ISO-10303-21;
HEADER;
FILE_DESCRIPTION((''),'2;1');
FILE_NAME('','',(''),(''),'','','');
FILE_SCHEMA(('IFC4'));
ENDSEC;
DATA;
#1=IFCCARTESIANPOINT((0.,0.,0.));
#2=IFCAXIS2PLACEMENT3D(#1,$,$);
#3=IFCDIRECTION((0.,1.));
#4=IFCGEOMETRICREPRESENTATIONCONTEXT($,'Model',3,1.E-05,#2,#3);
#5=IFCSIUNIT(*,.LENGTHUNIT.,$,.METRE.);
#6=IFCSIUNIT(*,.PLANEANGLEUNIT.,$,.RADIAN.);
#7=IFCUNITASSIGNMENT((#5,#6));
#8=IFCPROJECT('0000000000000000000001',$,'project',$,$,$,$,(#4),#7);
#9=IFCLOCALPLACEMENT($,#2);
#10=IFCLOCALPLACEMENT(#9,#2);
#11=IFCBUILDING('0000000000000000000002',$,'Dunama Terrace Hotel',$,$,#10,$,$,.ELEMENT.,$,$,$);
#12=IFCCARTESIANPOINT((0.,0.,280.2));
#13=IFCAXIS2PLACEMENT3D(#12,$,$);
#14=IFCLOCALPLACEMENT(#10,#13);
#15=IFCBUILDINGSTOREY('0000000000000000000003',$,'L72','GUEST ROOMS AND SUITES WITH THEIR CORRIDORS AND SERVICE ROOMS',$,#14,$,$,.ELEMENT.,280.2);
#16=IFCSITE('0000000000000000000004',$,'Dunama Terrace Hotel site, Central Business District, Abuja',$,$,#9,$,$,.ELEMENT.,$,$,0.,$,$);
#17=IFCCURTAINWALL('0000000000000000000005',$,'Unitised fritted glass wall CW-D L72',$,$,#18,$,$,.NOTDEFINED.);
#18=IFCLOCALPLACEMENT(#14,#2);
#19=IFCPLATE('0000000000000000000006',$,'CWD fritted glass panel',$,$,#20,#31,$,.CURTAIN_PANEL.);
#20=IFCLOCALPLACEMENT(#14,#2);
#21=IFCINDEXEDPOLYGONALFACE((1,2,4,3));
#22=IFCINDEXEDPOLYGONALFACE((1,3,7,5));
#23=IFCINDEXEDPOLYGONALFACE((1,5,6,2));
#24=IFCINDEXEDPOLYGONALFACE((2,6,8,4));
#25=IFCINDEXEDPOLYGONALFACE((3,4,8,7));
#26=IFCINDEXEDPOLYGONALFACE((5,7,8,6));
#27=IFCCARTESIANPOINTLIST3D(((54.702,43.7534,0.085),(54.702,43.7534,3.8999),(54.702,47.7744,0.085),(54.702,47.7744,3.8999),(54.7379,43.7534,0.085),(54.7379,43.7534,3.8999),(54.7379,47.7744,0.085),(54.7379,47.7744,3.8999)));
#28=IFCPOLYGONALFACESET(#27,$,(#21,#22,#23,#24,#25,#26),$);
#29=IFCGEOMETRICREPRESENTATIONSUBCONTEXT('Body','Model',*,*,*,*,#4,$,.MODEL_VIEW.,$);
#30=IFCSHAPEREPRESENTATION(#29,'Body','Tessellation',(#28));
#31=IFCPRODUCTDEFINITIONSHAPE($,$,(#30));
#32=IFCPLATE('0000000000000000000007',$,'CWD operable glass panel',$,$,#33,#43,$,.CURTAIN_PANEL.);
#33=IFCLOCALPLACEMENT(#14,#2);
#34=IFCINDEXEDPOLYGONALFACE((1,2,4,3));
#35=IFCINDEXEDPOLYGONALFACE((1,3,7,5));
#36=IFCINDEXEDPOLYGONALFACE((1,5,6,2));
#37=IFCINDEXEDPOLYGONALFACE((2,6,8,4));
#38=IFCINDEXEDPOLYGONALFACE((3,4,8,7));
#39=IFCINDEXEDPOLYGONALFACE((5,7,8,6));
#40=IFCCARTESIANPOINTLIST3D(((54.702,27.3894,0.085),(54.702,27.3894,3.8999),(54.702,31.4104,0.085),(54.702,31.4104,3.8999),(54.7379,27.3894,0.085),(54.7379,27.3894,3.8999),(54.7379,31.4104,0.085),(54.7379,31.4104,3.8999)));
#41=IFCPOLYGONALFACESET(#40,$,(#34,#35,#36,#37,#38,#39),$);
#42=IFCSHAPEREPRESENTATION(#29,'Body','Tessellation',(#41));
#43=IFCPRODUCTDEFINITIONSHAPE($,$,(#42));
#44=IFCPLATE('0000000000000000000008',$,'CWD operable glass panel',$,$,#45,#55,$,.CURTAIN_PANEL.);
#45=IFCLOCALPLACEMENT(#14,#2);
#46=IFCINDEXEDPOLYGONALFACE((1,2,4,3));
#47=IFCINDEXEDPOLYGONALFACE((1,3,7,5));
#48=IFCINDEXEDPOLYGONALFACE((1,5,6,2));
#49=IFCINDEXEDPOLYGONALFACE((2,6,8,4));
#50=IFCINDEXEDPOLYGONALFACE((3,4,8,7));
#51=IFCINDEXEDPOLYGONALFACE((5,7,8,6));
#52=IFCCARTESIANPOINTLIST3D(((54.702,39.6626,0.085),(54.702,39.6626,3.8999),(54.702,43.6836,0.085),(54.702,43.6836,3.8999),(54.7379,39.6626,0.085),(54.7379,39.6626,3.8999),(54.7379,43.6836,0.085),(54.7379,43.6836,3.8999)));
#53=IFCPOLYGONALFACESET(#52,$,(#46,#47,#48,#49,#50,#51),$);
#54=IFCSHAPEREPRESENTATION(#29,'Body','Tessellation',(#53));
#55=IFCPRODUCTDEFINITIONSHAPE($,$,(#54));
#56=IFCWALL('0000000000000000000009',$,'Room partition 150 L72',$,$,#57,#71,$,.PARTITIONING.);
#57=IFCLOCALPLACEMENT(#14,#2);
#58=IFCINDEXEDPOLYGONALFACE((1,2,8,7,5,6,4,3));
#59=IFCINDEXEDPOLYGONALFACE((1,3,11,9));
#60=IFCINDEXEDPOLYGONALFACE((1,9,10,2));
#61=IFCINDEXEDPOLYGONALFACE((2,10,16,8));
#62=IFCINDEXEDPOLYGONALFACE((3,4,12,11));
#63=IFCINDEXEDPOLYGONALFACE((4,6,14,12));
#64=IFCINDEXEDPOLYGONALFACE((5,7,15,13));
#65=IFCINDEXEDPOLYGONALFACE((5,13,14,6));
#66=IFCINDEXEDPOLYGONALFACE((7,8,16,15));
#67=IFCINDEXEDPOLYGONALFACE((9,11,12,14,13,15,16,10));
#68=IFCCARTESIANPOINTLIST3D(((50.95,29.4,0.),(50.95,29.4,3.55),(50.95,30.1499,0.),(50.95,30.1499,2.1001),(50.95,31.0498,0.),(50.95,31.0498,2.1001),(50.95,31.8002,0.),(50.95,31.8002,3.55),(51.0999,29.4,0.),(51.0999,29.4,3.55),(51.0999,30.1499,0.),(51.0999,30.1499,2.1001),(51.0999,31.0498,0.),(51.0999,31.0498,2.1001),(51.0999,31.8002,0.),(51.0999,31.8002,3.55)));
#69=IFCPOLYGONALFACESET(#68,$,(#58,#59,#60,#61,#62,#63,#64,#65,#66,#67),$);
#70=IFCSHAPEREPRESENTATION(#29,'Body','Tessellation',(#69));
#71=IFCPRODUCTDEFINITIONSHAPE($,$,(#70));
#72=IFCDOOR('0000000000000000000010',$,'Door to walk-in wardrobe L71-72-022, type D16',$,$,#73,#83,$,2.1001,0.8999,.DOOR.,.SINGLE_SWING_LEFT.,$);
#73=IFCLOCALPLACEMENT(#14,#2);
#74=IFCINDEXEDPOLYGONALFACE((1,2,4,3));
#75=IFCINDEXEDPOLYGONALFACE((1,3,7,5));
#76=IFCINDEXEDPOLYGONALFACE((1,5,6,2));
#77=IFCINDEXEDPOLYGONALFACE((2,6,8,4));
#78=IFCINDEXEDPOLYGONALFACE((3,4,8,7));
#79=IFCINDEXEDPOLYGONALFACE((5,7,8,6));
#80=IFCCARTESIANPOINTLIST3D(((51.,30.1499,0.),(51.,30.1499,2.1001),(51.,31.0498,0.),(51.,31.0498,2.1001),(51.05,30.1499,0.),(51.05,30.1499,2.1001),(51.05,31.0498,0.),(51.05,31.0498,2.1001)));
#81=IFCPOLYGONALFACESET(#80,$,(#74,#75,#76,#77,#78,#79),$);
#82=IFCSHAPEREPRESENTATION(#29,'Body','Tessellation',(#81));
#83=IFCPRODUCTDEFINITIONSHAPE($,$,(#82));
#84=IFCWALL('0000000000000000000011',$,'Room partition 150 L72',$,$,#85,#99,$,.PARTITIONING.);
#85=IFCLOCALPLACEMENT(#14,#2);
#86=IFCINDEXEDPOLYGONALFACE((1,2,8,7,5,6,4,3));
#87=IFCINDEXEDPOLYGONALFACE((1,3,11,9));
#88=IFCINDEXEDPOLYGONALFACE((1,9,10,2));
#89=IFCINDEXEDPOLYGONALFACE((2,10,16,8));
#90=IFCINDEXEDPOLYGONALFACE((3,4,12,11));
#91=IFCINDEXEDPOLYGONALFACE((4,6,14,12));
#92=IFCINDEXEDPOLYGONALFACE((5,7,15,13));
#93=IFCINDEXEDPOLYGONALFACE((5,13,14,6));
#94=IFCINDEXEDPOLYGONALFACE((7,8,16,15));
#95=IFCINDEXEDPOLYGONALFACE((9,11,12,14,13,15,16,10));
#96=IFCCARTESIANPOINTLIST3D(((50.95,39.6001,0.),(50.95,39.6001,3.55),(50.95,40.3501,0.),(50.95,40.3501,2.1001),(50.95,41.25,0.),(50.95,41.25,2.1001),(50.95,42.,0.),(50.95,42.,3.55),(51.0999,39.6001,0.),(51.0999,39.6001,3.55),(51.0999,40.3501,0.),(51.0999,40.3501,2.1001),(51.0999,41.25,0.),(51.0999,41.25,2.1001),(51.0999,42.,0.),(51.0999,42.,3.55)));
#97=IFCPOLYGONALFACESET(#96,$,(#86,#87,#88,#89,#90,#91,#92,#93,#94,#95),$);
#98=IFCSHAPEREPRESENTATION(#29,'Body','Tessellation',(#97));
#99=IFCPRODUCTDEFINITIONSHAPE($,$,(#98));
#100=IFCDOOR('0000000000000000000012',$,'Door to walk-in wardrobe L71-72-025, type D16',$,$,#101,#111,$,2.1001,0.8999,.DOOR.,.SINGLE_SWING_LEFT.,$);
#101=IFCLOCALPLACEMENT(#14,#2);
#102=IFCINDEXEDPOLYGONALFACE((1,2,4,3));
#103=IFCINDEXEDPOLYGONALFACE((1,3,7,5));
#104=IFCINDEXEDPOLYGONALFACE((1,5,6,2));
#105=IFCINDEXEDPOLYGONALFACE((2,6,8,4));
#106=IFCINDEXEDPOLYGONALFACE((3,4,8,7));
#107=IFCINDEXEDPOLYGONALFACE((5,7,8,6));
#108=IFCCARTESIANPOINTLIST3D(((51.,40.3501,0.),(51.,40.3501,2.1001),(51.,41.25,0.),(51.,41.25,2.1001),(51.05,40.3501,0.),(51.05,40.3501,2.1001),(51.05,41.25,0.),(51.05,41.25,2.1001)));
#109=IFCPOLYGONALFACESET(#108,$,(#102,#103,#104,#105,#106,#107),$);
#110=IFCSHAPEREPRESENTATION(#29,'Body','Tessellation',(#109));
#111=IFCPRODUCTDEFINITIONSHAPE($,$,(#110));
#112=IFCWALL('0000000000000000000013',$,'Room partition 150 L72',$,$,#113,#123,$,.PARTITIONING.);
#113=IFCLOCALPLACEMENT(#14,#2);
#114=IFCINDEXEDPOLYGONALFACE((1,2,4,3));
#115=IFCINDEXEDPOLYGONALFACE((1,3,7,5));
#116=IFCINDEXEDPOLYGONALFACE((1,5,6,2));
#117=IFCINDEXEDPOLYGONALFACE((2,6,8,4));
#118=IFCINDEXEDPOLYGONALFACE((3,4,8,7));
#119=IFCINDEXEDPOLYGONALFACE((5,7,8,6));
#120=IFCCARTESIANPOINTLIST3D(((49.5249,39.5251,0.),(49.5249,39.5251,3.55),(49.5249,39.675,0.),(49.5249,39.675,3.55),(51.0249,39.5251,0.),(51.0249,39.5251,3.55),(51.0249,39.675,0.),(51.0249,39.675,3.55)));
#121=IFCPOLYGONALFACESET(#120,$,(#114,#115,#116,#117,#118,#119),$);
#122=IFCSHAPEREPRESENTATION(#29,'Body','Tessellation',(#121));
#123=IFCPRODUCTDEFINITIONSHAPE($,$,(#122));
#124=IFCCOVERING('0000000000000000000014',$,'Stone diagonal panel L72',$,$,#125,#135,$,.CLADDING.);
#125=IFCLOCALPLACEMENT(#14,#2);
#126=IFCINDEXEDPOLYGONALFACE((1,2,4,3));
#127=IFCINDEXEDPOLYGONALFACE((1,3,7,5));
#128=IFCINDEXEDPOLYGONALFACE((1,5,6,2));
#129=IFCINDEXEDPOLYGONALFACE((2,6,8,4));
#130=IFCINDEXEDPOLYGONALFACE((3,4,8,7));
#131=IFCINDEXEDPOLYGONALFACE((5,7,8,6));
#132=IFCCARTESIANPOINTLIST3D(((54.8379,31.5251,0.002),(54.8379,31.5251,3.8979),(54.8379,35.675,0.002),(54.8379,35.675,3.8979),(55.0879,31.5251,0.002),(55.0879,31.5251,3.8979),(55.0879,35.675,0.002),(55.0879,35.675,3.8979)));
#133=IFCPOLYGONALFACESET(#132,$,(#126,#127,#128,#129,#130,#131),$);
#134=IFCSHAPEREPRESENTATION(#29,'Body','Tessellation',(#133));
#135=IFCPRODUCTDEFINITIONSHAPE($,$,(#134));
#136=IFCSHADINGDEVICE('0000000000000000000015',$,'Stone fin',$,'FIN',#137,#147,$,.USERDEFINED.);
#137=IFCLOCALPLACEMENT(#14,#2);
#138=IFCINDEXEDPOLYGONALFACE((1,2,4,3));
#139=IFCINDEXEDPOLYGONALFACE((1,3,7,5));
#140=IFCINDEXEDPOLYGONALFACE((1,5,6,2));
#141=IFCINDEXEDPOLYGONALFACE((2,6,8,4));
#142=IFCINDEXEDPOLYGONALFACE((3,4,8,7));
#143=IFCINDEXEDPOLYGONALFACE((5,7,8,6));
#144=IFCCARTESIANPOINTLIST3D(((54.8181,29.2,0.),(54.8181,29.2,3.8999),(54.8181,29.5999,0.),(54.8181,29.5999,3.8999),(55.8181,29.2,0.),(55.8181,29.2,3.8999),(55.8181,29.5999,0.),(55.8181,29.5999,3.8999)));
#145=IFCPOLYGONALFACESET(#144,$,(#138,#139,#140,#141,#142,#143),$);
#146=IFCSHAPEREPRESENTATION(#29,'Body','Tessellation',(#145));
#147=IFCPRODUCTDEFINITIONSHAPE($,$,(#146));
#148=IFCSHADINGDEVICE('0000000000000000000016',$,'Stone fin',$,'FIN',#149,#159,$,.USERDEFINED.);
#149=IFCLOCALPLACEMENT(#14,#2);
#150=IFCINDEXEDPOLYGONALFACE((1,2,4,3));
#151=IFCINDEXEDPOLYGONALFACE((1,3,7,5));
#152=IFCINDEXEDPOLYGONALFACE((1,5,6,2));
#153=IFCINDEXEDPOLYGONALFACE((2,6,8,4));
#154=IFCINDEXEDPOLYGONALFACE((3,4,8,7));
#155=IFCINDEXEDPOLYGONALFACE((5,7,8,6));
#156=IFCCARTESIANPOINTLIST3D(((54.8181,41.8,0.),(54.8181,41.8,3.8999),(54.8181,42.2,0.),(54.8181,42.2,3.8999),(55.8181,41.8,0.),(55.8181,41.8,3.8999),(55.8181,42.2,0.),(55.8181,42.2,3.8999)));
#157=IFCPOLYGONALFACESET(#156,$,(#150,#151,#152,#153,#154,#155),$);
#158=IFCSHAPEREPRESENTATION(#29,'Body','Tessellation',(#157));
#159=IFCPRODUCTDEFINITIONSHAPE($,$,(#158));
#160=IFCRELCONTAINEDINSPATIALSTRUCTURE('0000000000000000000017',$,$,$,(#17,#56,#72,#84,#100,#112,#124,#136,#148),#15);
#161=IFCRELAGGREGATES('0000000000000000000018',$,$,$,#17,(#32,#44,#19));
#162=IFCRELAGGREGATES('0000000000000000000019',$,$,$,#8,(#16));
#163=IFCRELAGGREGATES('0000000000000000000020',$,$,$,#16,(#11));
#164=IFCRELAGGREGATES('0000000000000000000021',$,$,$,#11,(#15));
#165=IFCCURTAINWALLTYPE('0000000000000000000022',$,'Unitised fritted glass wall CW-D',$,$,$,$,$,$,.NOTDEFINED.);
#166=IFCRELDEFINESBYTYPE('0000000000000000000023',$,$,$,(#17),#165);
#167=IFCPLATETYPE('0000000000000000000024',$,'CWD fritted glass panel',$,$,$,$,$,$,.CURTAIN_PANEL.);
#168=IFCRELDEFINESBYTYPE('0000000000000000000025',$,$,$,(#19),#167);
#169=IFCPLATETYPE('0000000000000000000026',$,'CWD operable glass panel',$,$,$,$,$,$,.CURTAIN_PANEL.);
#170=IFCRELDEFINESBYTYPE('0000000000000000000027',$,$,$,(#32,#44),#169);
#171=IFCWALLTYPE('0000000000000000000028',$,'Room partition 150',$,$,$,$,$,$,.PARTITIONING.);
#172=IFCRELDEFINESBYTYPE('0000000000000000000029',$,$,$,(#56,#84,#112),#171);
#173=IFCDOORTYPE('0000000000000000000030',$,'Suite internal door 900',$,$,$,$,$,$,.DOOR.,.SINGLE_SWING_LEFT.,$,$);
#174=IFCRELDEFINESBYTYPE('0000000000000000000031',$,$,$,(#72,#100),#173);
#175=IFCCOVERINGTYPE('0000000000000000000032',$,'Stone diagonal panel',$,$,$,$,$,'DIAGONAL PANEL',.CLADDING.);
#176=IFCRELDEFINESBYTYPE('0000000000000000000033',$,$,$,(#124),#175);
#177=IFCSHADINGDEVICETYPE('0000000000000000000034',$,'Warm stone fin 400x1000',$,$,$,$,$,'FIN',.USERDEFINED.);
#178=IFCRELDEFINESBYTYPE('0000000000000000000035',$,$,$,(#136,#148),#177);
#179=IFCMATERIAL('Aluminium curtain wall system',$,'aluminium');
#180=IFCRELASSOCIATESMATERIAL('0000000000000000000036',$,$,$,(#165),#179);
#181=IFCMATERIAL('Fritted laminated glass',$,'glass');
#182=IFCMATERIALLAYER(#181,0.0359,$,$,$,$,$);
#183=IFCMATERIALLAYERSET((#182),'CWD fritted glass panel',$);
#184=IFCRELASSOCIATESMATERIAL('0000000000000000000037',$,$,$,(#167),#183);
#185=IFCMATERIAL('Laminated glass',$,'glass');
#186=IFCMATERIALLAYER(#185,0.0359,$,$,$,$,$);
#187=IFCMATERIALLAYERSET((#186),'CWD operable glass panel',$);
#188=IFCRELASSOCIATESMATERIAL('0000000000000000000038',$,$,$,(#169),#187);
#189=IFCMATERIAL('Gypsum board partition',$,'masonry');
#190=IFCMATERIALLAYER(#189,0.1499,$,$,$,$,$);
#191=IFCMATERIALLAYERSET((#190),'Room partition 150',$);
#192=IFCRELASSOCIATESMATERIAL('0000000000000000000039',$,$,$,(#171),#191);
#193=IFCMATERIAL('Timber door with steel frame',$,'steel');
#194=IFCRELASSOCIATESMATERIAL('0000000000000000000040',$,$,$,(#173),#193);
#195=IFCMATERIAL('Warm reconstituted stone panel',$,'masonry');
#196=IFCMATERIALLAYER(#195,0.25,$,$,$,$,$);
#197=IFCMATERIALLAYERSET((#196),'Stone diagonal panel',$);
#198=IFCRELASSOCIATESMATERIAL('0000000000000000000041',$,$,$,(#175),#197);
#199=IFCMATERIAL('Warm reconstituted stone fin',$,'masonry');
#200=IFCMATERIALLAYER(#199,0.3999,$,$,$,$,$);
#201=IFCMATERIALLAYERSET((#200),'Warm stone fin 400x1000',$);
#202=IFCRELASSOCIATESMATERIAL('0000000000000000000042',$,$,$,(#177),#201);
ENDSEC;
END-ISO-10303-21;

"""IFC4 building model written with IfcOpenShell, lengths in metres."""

from ifc_helpers import new_model, si_unit, direction, frame, frame_2d, origin, origin_2d, place, context, subcontext, project, spatial, rectangle, extrude, material, layer, layer_set, type_object, element, fill, aggregate, save


model = new_model("IFC4")

# Units and contexts
model_context = context("Model", 3, precision=1e-05, world=origin(), true_north=direction((0.0, 1.0)))
body_context = subcontext(model_context, "Body", "Model", "MODEL_VIEW")
ifc_project = project(units=[si_unit("LENGTHUNIT", "METRE"), si_unit("PLANEANGLEUNIT", "RADIAN")], contexts=[model_context])

# Site, building, storey
site_placement = place(None, origin())
site = spatial("IfcSite", under=ifc_project, at=site_placement, Name="Dunama Terrace Hotel site, Central Business District, Abuja", CompositionType="ELEMENT", RefElevation=0.0)
building_placement = place(site_placement, origin())
building = spatial("IfcBuilding", under=site, at=building_placement, Name="Dunama Terrace Hotel", CompositionType="ELEMENT")
storey_placement = place(building_placement, frame((0.0, 0.0, 280.2)))
storey = spatial("IfcBuildingStorey", under=building, at=storey_placement, Name="L72", Description="GUEST ROOMS AND SUITES WITH THEIR CORRIDORS AND SERVICE ROOMS", CompositionType="ELEMENT", Elevation=280.2)

# Curtain wall
ifc_material_1 = material(Name="Aluminium curtain wall system", Category="aluminium")
curtain_wall_type = type_object("IfcCurtainWallType", Name="Unitised fritted glass wall CW-D", PredefinedType="NOTDEFINED", material=ifc_material_1)
curtain_wall_placement = place(storey_placement, origin())
curtain_wall = element("IfcCurtainWall", 1, at=curtain_wall_placement, inside=storey, type_object=curtain_wall_type, Name="Unitised fritted glass wall CW-D L72", PredefinedType="NOTDEFINED")

# Plates
ifc_material_2 = material(Name="Fritted laminated glass", Category="glass")
ifc_layer_1 = layer(ifc_material_2, 0.0359)
ifc_layer_set_1 = layer_set([ifc_layer_1], Name="CWD fritted glass panel")
plate_type_1 = type_object("IfcPlateType", Name="CWD fritted glass panel", PredefinedType="CURTAIN_PANEL", material=ifc_layer_set_1)
plate_1_placement = place(storey_placement, frame((54.72, 45.7639, 0.085), z_axis=(0.0, 0.0, 1.0), x_axis=(0.0, 1.0, 0.0)))
plate_1 = element("IfcPlate", 2, at=plate_1_placement, type_object=plate_type_1, Name="CWD fritted glass panel", PredefinedType="CURTAIN_PANEL", context=body_context, shape_type="SweptSolid", body=[
    extrude(rectangle(XDim=4.021, YDim=0.0359, at=origin_2d()), origin(), (0.0, 0.0, 1.0), 3.8149),
])
ifc_material_3 = material(Name="Laminated glass", Category="glass")
ifc_layer_2 = layer(ifc_material_3, 0.0359)
ifc_layer_set_2 = layer_set([ifc_layer_2], Name="CWD operable glass panel")
plate_type_2 = type_object("IfcPlateType", Name="CWD operable glass panel", PredefinedType="CURTAIN_PANEL", material=ifc_layer_set_2)
plate_2_placement = place(storey_placement, frame((54.72, 29.3999, 0.085), z_axis=(0.0, 0.0, 1.0), x_axis=(0.0, 1.0, 0.0)))
plate_2 = element("IfcPlate", 3, at=plate_2_placement, type_object=plate_type_2, Name="CWD operable glass panel", PredefinedType="CURTAIN_PANEL", context=body_context, shape_type="SweptSolid", body=[
    extrude(rectangle(XDim=4.021, YDim=0.0359, at=origin_2d()), origin(), (0.0, 0.0, 1.0), 3.8149),
])
plate_3_placement = place(storey_placement, frame((54.72, 41.6731, 0.085), z_axis=(0.0, 0.0, 1.0), x_axis=(0.0, 1.0, 0.0)))
plate_3 = element("IfcPlate", 4, at=plate_3_placement, type_object=plate_type_2, Name="CWD operable glass panel", PredefinedType="CURTAIN_PANEL", context=body_context, shape_type="SweptSolid", body=[
    extrude(rectangle(XDim=4.021, YDim=0.0359, at=origin_2d()), origin(), (0.0, 0.0, 1.0), 3.8149),
])
aggregate(curtain_wall, [plate_2, plate_3, plate_1])

# Walls, openings, doors
ifc_material_4 = material(Name="Gypsum board partition", Category="masonry")
ifc_layer_3 = layer(ifc_material_4, 0.1499)
ifc_layer_set_3 = layer_set([ifc_layer_3], Name="Room partition 150")
wall_type = type_object("IfcWallType", Name="Room partition 150", PredefinedType="PARTITIONING", material=ifc_layer_set_3)
wall_1_placement = place(storey_placement, frame((51.0249, 29.3999, 0.0), z_axis=(0.0, 0.0, 1.0), x_axis=(0.0, 1.0, 0.0)))
wall_1 = element("IfcWall", 5, at=wall_1_placement, inside=storey, type_object=wall_type, Name="Room partition 150 L72", PredefinedType="PARTITIONING", context=body_context, shape_type="SweptSolid", body=[
    extrude(rectangle(XDim=2.4001, YDim=0.1499, at=frame_2d((1.2002, 0.0))), origin(), (0.0, 0.0, 1.0), 3.55),
])
opening_1_placement = place(wall_1_placement, frame((0.75, 0.0, 0.0)))
opening_1 = element("IfcOpeningElement", 6, at=opening_1_placement, cuts=wall_1, PredefinedType="OPENING", context=body_context, shape_type="SweptSolid", body=[
    extrude(rectangle(XDim=0.8999, YDim=2.1001, at=frame_2d((0.45, 1.05))), frame((0.0, 0.085, 0.0), z_axis=(0.0, -1.0, 0.0), x_axis=(1.0, 0.0, 0.0)), (0.0, 0.0, 1.0), 0.1699),
])
ifc_material_5 = material(Name="Timber door with steel frame", Category="steel")
door_type = type_object("IfcDoorType", Name="Suite internal door 900", OperationType="SINGLE_SWING_LEFT", PredefinedType="DOOR", material=ifc_material_5)
door_1_placement = place(opening_1_placement, origin())
door_1 = element("IfcDoor", 7, at=door_1_placement, inside=storey, type_object=door_type, Name="Door to walk-in wardrobe L71-72-022, type D16", OperationType="SINGLE_SWING_LEFT", OverallHeight=2.1001, OverallWidth=0.8999, PredefinedType="DOOR", context=body_context, shape_type="SweptSolid", body=[
    extrude(rectangle(XDim=0.8999, YDim=2.1001, at=frame_2d((0.45, 1.05))), frame((0.0, 0.0249, 0.0), z_axis=(0.0, -1.0, 0.0), x_axis=(1.0, 0.0, 0.0)), (0.0, 0.0, 1.0), 0.05),
])
fill(opening_1, door_1)
wall_2_placement = place(storey_placement, frame((51.0249, 39.6001, 0.0), z_axis=(0.0, 0.0, 1.0), x_axis=(0.0, 1.0, 0.0)))
wall_2 = element("IfcWall", 8, at=wall_2_placement, inside=storey, type_object=wall_type, Name="Room partition 150 L72", PredefinedType="PARTITIONING", context=body_context, shape_type="SweptSolid", body=[
    extrude(rectangle(XDim=2.3999, YDim=0.1499, at=frame_2d((1.2, 0.0))), origin(), (0.0, 0.0, 1.0), 3.55),
])
opening_2_placement = place(wall_2_placement, frame((0.75, 0.0, 0.0)))
opening_2 = element("IfcOpeningElement", 9, at=opening_2_placement, cuts=wall_2, PredefinedType="OPENING", context=body_context, shape_type="SweptSolid", body=[
    extrude(rectangle(XDim=0.8999, YDim=2.1001, at=frame_2d((0.45, 1.05))), frame((0.0, 0.085, 0.0), z_axis=(0.0, -1.0, 0.0), x_axis=(1.0, 0.0, 0.0)), (0.0, 0.0, 1.0), 0.1699),
])
door_2_placement = place(opening_2_placement, origin())
door_2 = element("IfcDoor", 10, at=door_2_placement, inside=storey, type_object=door_type, Name="Door to walk-in wardrobe L71-72-025, type D16", OperationType="SINGLE_SWING_LEFT", OverallHeight=2.1001, OverallWidth=0.8999, PredefinedType="DOOR", context=body_context, shape_type="SweptSolid", body=[
    extrude(rectangle(XDim=0.8999, YDim=2.1001, at=frame_2d((0.45, 1.05))), frame((0.0, 0.0249, 0.0), z_axis=(0.0, -1.0, 0.0), x_axis=(1.0, 0.0, 0.0)), (0.0, 0.0, 1.0), 0.05),
])
fill(opening_2, door_2)

# Wall
wall_3_placement = place(storey_placement, frame((49.5249, 39.6001, 0.0), z_axis=(0.0, 0.0, 1.0), x_axis=(1.0, 0.0, 0.0)))
element("IfcWall", 11, at=wall_3_placement, inside=storey, type_object=wall_type, Name="Room partition 150 L72", PredefinedType="PARTITIONING", context=body_context, shape_type="SweptSolid", body=[
    extrude(rectangle(XDim=1.5, YDim=0.1499, at=frame_2d((0.75, 0.0))), origin(), (0.0, 0.0, 1.0), 3.55),
])

# Covering
ifc_material_6 = material(Name="Warm reconstituted stone panel", Category="masonry")
ifc_layer_4 = layer(ifc_material_6, 0.25)
ifc_layer_set_4 = layer_set([ifc_layer_4], Name="Stone diagonal panel")
covering_type = type_object("IfcCoveringType", Name="Stone diagonal panel", ElementType="DIAGONAL PANEL", PredefinedType="CLADDING", material=ifc_layer_set_4)
covering_placement = place(storey_placement, frame((54.9629, 33.6001, 0.002), z_axis=(0.0, 0.0, 1.0), x_axis=(0.0, 1.0, 0.0)))
element("IfcCovering", 12, at=covering_placement, inside=storey, type_object=covering_type, Name="Stone diagonal panel L72", PredefinedType="CLADDING", context=body_context, shape_type="SweptSolid", body=[
    extrude(rectangle(XDim=4.1499, YDim=0.25, at=origin_2d()), origin(), (0.0, 0.0, 1.0), 3.896),
])

# Shading devices
ifc_material_7 = material(Name="Warm reconstituted stone fin", Category="masonry")
ifc_layer_5 = layer(ifc_material_7, 0.3999)
ifc_layer_set_5 = layer_set([ifc_layer_5], Name="Warm stone fin 400x1000")
shading_device_type = type_object("IfcShadingDeviceType", Name="Warm stone fin 400x1000", ElementType="FIN", PredefinedType="USERDEFINED", material=ifc_layer_set_5)
for number, where, z_axis, x_axis, name in (
    (13, (55.3181, 29.3999, 0.0), (0.0, 0.0, 1.0), (0.0, 1.0, 0.0), "Stone fin"),
    (14, (55.3181, 42.0, 0.0), (0.0, 0.0, 1.0), (0.0, 1.0, 0.0), "Stone fin"),
):
    element("IfcShadingDevice", number, at=place(storey_placement, frame(where, z_axis=z_axis, x_axis=x_axis)), inside=storey, type_object=shading_device_type, Name=name, ObjectType="FIN", PredefinedType="USERDEFINED", context=body_context, shape_type="SweptSolid", body=[
        extrude(rectangle(XDim=0.3999, YDim=1.0, at=origin_2d()), origin(), (0.0, 0.0, 1.0), 3.8999),
    ])

save(model, "model.ifc")
